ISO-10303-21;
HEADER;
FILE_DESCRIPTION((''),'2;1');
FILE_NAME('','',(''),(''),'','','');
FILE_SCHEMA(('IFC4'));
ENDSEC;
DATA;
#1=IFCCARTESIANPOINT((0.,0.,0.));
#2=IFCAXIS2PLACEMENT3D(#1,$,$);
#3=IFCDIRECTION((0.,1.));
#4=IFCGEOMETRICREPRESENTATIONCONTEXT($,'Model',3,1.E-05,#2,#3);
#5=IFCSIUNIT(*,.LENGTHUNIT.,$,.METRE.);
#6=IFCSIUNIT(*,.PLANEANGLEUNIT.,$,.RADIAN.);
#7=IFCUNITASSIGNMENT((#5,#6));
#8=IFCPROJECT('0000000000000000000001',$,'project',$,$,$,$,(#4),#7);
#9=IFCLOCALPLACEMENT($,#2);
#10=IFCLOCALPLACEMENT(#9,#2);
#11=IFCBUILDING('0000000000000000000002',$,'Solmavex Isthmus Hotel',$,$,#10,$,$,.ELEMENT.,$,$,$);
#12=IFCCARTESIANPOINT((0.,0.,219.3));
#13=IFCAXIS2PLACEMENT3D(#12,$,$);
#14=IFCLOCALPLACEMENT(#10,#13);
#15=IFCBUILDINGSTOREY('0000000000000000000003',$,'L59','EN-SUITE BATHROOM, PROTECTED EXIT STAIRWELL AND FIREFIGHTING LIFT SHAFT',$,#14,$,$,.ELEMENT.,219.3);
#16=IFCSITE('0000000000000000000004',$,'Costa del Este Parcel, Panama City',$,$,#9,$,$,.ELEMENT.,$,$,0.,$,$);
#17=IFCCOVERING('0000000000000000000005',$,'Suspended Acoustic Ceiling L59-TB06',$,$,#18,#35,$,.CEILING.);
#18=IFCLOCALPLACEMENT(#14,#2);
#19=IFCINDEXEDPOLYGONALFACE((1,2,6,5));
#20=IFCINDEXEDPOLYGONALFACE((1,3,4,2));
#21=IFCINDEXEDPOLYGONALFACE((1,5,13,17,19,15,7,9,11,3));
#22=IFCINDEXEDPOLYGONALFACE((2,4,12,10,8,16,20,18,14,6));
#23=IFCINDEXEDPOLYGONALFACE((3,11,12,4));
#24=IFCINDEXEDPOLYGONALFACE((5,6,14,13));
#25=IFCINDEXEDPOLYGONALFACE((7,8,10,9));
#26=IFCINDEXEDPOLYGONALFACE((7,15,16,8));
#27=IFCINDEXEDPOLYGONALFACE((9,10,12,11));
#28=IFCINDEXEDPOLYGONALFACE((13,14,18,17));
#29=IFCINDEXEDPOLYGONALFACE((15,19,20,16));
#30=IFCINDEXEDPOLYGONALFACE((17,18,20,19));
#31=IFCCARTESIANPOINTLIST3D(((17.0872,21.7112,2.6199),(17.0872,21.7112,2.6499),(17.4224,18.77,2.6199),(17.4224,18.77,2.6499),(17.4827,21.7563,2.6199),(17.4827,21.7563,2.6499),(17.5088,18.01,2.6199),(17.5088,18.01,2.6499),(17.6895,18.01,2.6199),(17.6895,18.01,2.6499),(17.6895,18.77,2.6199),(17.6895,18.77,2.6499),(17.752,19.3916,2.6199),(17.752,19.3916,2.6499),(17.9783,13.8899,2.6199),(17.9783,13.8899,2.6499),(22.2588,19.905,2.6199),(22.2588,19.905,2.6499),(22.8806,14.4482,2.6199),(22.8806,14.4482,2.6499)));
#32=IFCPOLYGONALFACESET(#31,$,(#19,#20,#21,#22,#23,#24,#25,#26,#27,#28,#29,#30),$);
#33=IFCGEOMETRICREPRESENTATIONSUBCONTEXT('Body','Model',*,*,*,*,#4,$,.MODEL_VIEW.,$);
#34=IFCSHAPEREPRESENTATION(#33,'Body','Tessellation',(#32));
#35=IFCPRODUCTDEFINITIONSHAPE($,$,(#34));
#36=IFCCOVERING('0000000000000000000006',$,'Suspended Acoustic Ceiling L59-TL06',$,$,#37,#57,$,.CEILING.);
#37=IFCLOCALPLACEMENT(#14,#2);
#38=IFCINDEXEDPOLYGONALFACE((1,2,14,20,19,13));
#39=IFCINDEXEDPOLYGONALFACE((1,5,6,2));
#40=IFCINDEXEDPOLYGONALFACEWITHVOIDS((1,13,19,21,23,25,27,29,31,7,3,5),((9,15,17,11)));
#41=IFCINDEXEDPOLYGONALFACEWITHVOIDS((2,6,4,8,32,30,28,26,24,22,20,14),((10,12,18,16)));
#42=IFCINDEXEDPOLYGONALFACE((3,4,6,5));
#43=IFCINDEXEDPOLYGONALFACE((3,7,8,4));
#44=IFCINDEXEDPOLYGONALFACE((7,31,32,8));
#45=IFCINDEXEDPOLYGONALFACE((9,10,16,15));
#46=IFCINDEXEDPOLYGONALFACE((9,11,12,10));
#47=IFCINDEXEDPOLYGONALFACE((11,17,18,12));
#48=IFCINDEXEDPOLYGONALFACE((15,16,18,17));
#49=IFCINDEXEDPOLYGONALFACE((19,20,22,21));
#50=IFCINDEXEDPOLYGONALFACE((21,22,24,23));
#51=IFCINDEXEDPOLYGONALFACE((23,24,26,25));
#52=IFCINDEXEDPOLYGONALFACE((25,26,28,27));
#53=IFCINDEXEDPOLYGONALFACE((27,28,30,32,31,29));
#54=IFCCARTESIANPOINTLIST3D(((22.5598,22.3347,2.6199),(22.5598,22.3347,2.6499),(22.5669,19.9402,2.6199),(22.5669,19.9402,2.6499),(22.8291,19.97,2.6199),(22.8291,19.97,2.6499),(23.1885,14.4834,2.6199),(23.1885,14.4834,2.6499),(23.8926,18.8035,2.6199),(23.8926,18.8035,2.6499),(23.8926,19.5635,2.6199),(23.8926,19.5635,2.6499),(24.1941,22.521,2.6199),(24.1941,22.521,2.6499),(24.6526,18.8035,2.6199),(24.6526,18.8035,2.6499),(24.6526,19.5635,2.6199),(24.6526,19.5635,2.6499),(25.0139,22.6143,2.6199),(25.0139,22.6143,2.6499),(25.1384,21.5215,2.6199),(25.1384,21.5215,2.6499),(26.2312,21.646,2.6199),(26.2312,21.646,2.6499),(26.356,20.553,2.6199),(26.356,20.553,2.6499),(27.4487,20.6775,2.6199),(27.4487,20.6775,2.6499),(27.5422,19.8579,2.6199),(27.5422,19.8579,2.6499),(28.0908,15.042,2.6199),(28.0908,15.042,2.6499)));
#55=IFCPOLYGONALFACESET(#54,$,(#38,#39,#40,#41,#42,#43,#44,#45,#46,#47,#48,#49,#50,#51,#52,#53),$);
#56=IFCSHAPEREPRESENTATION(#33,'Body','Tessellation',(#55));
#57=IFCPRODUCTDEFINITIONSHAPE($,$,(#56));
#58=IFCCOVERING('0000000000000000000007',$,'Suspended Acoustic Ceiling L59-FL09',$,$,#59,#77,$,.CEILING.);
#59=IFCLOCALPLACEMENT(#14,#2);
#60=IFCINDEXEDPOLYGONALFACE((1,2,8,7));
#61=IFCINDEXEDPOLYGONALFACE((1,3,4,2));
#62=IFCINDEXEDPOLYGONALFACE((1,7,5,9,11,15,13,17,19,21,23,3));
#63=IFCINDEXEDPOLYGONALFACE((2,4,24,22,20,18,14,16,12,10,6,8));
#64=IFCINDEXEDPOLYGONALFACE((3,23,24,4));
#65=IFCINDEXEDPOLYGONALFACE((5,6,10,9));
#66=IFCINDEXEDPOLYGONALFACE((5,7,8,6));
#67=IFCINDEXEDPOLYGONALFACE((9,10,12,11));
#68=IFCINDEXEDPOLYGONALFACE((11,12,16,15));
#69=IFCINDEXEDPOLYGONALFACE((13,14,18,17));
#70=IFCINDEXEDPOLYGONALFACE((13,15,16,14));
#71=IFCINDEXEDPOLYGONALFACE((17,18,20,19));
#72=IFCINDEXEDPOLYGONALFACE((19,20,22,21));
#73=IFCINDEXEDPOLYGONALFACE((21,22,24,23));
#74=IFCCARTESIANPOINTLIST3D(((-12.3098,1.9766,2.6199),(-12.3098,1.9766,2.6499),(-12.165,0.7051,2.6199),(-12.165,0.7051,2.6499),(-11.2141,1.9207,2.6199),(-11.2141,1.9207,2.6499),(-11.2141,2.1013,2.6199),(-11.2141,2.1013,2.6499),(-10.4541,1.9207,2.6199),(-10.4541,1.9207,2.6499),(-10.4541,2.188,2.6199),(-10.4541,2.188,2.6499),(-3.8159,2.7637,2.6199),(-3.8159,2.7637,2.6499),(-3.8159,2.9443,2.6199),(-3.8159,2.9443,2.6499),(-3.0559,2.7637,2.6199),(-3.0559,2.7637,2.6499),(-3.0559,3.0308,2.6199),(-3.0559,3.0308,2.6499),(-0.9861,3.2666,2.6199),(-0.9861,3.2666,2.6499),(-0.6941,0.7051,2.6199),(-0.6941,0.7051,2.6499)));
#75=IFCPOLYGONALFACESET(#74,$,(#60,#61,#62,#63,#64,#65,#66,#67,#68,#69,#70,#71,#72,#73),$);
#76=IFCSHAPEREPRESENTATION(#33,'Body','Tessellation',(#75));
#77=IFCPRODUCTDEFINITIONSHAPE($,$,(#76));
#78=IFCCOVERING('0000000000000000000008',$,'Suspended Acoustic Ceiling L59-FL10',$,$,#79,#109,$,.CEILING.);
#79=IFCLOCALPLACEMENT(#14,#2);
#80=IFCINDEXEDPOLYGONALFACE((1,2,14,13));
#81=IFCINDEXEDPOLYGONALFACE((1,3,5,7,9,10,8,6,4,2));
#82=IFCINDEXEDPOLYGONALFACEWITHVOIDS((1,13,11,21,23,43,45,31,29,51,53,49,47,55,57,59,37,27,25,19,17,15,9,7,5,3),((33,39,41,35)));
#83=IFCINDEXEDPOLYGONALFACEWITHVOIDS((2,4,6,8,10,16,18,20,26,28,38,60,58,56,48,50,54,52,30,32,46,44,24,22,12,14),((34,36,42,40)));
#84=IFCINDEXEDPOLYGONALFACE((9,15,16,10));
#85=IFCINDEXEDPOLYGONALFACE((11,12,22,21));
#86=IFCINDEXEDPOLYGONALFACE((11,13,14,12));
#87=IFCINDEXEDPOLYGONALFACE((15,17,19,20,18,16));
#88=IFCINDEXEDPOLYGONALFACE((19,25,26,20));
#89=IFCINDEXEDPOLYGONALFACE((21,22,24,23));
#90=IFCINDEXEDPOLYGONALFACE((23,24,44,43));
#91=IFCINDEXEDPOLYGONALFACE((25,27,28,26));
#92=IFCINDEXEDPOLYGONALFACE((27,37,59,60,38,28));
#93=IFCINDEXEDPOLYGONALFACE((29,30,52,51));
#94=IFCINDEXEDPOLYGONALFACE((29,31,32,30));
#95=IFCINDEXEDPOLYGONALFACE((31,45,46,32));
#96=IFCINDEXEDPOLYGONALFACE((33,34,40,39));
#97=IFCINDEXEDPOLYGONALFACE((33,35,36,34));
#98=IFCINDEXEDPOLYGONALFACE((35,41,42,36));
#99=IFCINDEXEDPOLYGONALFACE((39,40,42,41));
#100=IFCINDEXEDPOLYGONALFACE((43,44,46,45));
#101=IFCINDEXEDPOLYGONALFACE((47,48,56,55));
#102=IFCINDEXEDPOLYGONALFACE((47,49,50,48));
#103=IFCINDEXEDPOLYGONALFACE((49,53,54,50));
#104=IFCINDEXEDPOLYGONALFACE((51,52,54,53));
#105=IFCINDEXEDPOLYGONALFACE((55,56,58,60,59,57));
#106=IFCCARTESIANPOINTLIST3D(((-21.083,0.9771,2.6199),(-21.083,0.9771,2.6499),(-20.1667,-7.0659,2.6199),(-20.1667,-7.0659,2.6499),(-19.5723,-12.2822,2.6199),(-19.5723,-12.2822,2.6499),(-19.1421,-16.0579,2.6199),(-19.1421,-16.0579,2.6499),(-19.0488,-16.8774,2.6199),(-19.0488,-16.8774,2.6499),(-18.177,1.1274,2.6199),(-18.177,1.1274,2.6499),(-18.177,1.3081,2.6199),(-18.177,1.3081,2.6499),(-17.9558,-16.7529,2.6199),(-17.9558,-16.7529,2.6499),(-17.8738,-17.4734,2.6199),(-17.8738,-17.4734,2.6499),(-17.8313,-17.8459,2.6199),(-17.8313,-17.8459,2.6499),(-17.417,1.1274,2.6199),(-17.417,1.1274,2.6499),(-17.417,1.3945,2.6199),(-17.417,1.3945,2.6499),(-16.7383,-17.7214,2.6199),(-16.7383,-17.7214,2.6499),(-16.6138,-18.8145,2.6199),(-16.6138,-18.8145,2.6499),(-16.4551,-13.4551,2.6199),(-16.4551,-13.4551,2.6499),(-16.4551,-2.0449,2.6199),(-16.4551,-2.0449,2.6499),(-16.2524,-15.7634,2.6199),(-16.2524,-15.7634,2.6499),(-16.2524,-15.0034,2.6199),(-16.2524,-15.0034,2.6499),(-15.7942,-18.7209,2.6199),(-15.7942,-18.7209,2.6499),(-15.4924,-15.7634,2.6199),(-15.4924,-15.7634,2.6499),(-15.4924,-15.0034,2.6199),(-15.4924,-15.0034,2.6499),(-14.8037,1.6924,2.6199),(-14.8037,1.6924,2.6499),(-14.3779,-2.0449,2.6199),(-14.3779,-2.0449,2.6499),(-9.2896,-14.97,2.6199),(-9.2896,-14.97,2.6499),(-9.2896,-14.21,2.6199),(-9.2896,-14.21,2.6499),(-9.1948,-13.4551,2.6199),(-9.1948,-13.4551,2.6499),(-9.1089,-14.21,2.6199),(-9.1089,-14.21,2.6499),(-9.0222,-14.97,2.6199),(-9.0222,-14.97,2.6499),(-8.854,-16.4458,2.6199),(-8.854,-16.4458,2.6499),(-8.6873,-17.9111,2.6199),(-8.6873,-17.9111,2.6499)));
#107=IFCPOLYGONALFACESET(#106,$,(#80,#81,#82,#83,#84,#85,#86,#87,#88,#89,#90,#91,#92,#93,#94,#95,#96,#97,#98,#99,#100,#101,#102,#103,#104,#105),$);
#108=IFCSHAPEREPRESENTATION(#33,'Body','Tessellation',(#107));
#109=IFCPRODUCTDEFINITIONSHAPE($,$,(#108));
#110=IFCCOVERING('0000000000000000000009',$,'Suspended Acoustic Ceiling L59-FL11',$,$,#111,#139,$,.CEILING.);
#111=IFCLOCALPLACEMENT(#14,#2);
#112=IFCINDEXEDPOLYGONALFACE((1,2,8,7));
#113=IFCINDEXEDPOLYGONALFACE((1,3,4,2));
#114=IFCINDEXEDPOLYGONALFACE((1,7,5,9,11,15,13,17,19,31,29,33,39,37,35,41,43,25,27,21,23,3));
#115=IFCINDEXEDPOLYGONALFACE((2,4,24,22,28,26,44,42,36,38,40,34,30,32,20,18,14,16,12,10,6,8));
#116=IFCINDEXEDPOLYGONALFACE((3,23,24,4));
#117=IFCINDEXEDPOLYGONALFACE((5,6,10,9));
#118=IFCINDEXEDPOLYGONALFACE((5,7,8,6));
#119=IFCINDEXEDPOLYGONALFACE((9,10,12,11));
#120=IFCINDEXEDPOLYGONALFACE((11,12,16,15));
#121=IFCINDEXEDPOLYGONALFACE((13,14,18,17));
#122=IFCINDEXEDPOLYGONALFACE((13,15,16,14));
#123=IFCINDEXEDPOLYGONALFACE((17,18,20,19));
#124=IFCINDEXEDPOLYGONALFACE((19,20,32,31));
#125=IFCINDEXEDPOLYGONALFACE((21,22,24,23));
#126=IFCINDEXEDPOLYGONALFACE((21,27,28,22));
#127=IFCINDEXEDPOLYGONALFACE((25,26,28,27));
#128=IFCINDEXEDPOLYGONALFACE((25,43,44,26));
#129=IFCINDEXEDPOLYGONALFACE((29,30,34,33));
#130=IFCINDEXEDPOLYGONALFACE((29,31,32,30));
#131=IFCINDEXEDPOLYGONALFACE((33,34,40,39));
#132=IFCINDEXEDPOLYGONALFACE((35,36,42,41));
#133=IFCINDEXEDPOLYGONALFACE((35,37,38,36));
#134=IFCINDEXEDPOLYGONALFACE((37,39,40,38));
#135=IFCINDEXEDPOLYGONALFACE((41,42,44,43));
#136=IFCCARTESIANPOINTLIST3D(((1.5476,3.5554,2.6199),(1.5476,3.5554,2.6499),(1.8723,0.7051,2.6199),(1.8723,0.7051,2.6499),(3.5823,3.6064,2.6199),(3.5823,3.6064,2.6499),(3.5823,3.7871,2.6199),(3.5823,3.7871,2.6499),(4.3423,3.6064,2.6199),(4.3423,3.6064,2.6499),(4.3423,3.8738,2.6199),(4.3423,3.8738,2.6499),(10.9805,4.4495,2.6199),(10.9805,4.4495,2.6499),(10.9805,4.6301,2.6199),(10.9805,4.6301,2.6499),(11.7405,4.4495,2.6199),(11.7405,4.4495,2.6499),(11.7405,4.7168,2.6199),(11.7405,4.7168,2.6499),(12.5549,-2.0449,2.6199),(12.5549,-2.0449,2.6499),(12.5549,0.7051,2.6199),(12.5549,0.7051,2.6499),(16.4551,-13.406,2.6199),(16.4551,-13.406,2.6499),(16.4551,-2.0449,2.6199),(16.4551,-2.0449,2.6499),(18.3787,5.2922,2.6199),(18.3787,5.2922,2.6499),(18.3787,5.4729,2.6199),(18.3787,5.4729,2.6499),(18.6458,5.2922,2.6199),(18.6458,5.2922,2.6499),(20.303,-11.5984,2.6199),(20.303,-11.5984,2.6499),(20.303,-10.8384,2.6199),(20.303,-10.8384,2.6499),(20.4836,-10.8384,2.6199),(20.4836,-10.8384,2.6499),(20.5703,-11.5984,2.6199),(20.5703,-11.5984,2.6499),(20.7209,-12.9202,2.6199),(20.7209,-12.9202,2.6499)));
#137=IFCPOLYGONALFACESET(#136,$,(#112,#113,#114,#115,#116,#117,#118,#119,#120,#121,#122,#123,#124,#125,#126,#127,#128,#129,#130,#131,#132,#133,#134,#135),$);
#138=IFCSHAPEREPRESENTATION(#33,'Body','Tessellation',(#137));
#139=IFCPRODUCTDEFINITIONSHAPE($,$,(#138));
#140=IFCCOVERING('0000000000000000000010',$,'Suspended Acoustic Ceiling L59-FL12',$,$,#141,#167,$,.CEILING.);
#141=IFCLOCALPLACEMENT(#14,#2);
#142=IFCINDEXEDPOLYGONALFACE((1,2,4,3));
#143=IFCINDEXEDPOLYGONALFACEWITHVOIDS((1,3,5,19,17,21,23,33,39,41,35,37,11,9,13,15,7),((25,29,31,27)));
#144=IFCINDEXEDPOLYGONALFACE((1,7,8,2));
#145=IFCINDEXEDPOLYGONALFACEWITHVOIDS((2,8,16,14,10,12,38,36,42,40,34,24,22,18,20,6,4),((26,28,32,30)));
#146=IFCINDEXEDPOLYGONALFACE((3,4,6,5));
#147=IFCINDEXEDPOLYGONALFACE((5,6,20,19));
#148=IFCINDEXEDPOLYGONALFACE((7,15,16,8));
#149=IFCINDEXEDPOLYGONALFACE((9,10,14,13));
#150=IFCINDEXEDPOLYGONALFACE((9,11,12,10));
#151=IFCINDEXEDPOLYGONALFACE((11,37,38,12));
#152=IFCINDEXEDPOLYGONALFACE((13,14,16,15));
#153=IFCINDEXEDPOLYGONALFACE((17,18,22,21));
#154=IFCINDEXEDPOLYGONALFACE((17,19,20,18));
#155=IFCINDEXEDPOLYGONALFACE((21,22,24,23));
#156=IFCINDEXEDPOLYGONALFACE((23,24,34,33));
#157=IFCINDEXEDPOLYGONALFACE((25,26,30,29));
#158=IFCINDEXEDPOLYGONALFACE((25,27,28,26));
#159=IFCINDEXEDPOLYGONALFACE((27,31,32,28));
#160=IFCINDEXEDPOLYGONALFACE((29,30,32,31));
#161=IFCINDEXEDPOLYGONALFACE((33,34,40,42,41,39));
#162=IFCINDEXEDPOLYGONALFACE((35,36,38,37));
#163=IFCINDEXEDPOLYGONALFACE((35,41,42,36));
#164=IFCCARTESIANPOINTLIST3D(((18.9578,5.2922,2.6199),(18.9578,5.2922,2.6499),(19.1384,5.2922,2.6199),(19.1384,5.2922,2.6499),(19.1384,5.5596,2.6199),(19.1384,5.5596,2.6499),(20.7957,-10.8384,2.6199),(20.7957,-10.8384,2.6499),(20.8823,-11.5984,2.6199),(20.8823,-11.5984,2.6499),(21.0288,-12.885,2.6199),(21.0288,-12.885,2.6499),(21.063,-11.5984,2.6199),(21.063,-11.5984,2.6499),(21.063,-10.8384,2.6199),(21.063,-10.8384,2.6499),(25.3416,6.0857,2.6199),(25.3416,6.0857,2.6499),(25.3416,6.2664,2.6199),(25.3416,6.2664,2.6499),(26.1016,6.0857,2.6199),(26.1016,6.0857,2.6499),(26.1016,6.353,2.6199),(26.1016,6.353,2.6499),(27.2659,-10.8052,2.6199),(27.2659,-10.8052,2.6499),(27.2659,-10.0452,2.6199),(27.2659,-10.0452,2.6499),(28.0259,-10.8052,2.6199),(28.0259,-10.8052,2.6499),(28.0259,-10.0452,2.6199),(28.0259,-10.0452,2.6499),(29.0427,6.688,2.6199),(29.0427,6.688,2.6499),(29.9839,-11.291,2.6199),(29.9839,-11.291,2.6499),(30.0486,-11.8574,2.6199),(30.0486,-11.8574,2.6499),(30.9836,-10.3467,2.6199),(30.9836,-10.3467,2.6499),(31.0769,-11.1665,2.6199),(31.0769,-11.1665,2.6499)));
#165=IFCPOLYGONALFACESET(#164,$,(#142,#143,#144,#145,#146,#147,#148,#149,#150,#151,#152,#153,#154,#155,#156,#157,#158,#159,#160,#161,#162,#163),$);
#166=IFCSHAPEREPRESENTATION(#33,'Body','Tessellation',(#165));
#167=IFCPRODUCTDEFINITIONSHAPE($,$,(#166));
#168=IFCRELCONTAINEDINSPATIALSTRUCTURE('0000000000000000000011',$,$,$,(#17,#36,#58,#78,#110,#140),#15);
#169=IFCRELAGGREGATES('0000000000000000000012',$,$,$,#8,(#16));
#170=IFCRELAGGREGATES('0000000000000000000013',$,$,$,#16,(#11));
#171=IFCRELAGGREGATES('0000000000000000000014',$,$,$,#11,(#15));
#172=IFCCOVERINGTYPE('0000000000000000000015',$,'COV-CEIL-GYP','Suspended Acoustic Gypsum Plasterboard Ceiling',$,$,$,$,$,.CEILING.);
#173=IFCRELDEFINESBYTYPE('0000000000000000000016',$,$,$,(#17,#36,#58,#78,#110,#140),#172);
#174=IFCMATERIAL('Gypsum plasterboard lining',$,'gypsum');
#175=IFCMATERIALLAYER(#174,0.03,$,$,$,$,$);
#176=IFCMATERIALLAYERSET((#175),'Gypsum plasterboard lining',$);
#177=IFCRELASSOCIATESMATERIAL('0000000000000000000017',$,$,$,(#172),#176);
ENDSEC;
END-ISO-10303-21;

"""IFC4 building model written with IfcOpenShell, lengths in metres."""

from ifc_helpers import new_model, si_unit, direction, frame, origin, place, context, subcontext, project, spatial, polyline, outline, extrude, material, layer, layer_set, type_object, element, save


model = new_model("IFC4")

# Units and contexts
model_context = context("Model", 3, precision=1e-05, world=origin(), true_north=direction((0.0, 1.0)))
body_context = subcontext(model_context, "Body", "Model", "MODEL_VIEW")
ifc_project = project(units=[si_unit("LENGTHUNIT", "METRE"), si_unit("PLANEANGLEUNIT", "RADIAN")], contexts=[model_context])

# Site, building, storey
site_placement = place(None, origin())
site = spatial("IfcSite", under=ifc_project, at=site_placement, Name="Costa del Este Parcel, Panama City", CompositionType="ELEMENT", RefElevation=0.0)
building_placement = place(site_placement, origin())
building = spatial("IfcBuilding", under=site, at=building_placement, Name="Solmavex Isthmus Hotel", CompositionType="ELEMENT")
storey_placement = place(building_placement, frame((0.0, 0.0, 219.3)))
storey = spatial("IfcBuildingStorey", under=building, at=storey_placement, Name="L59", Description="EN-SUITE BATHROOM, PROTECTED EXIT STAIRWELL AND FIREFIGHTING LIFT SHAFT", CompositionType="ELEMENT", Elevation=219.3)

# Shared definitions
ifc_material_1 = material(Name="Gypsum plasterboard lining", Category="gypsum")

# Coverings
ifc_layer_1 = layer(ifc_material_1, 0.03)
ifc_layer_set_1 = layer_set([ifc_layer_1], Name="Gypsum plasterboard lining")
covering_type_1 = type_object("IfcCoveringType", Name="COV-CEIL-GYP", Description="Suspended Acoustic Gypsum Plasterboard Ceiling", PredefinedType="CEILING", material=ifc_layer_set_1)
covering_1_placement = place(storey_placement, frame((0.0, 0.0, 2.6199)))
element("IfcCovering", 1, at=covering_1_placement, inside=storey, type_object=covering_type_1, Name="Suspended Acoustic Ceiling L59-TB06", PredefinedType="CEILING", context=body_context, shape_type="SweptSolid", body=[
    extrude(outline(polyline([(17.4224, 18.77), (17.6895, 18.77), (17.6895, 18.01), (17.5088, 18.01), (17.9783, 13.8899), (22.8806, 14.4482), (22.2588, 19.905), (17.752, 19.3916), (17.4827, 21.7563), (17.0872, 21.7112), (17.4224, 18.77)])), origin(), (0.0, 0.0, 1.0), 0.03),
])
covering_2_placement = place(storey_placement, frame((0.0, 0.0, 2.6199)))
element("IfcCovering", 2, at=covering_2_placement, inside=storey, type_object=covering_type_1, Name="Suspended Acoustic Ceiling L59-TL06", PredefinedType="CEILING", context=body_context, shape_type="SweptSolid", body=[
    extrude(outline(polyline([(22.5598, 22.3347), (22.8291, 19.97), (22.5669, 19.9402), (23.1885, 14.4834), (28.0908, 15.042), (27.5422, 19.8579), (27.4487, 20.6775), (26.356, 20.553), (26.2312, 21.646), (25.1384, 21.5215), (25.0139, 22.6143), (24.1941, 22.521), (22.5598, 22.3347)]), holes=[polyline([(23.8926, 19.5635), (24.6526, 19.5635), (24.6526, 18.8035), (23.8926, 18.8035), (23.8926, 19.5635)])]), origin(), (0.0, 0.0, 1.0), 0.03),
])
covering_3_placement = place(storey_placement, frame((0.0, 0.0, 2.6199)))
element("IfcCovering", 3, at=covering_3_placement, inside=storey, type_object=covering_type_1, Name="Suspended Acoustic Ceiling L59-FL09", PredefinedType="CEILING", context=body_context, shape_type="SweptSolid", body=[
    extrude(outline(polyline([(-10.4541, 2.188), (-10.4541, 1.9207), (-11.2141, 1.9207), (-11.2141, 2.1013), (-12.3098, 1.9766), (-12.165, 0.7051), (-0.6941, 0.7051), (-0.9861, 3.2666), (-3.0559, 3.0308), (-3.0559, 2.7637), (-3.8159, 2.7637), (-3.8159, 2.9443), (-10.4541, 2.188)])), origin(), (0.0, 0.0, 1.0), 0.03),
])
covering_4_placement = place(storey_placement, frame((0.0, 0.0, 2.6199)))
element("IfcCovering", 4, at=covering_4_placement, inside=storey, type_object=covering_type_1, Name="Suspended Acoustic Ceiling L59-FL10", PredefinedType="CEILING", context=body_context, shape_type="SweptSolid", body=[
    extrude(outline(polyline([(-17.417, 1.3945), (-17.417, 1.1274), (-18.177, 1.1274), (-18.177, 1.3081), (-21.083, 0.9771), (-20.1667, -7.0659), (-19.5723, -12.2822), (-19.1421, -16.0579), (-19.0488, -16.8774), (-17.9558, -16.7529), (-17.8738, -17.4734), (-17.8313, -17.8459), (-16.7383, -17.7214), (-16.6138, -18.8145), (-15.7942, -18.7209), (-8.6873, -17.9111), (-8.854, -16.4458), (-9.0222, -14.97), (-9.2896, -14.97), (-9.2896, -14.21), (-9.1089, -14.21), (-9.1948, -13.4551), (-16.4551, -13.4551), (-16.4551, -2.0449), (-14.3779, -2.0449), (-14.8037, 1.6924), (-17.417, 1.3945)]), holes=[polyline([(-16.2524, -15.7634), (-16.2524, -15.0034), (-15.4924, -15.0034), (-15.4924, -15.7634), (-16.2524, -15.7634)])]), origin(), (0.0, 0.0, 1.0), 0.03),
])
covering_5_placement = place(storey_placement, frame((0.0, 0.0, 2.6199)))
element("IfcCovering", 5, at=covering_5_placement, inside=storey, type_object=covering_type_1, Name="Suspended Acoustic Ceiling L59-FL11", PredefinedType="CEILING", context=body_context, shape_type="SweptSolid", body=[
    extrude(outline(polyline([(4.3423, 3.8738), (4.3423, 3.6064), (3.5823, 3.6064), (3.5823, 3.7871), (1.5476, 3.5554), (1.8723, 0.7051), (12.5549, 0.7051), (12.5549, -2.0449), (16.4551, -2.0449), (16.4551, -13.406), (20.7209, -12.9202), (20.5703, -11.5984), (20.303, -11.5984), (20.303, -10.8384), (20.4836, -10.8384), (18.6458, 5.2922), (18.3787, 5.2922), (18.3787, 5.4729), (11.7405, 4.7168), (11.7405, 4.4495), (10.9805, 4.4495), (10.9805, 4.6301), (4.3423, 3.8738)])), origin(), (0.0, 0.0, 1.0), 0.03),
])
covering_6_placement = place(storey_placement, frame((0.0, 0.0, 2.6199)))
element("IfcCovering", 6, at=covering_6_placement, inside=storey, type_object=covering_type_1, Name="Suspended Acoustic Ceiling L59-FL12", PredefinedType="CEILING", context=body_context, shape_type="SweptSolid", body=[
    extrude(outline(polyline([(20.7957, -10.8384), (21.063, -10.8384), (21.063, -11.5984), (20.8823, -11.5984), (21.0288, -12.885), (30.0486, -11.8574), (29.9839, -11.291), (31.0769, -11.1665), (30.9836, -10.3467), (29.0427, 6.688), (26.1016, 6.353), (26.1016, 6.0857), (25.3416, 6.0857), (25.3416, 6.2664), (19.1384, 5.5596), (19.1384, 5.2922), (18.9578, 5.2922), (20.7957, -10.8384)]), holes=[polyline([(27.2659, -10.8052), (27.2659, -10.0452), (28.0259, -10.0452), (28.0259, -10.8052), (27.2659, -10.8052)])]), origin(), (0.0, 0.0, 1.0), 0.03),
])

save(model, "model.ifc")
